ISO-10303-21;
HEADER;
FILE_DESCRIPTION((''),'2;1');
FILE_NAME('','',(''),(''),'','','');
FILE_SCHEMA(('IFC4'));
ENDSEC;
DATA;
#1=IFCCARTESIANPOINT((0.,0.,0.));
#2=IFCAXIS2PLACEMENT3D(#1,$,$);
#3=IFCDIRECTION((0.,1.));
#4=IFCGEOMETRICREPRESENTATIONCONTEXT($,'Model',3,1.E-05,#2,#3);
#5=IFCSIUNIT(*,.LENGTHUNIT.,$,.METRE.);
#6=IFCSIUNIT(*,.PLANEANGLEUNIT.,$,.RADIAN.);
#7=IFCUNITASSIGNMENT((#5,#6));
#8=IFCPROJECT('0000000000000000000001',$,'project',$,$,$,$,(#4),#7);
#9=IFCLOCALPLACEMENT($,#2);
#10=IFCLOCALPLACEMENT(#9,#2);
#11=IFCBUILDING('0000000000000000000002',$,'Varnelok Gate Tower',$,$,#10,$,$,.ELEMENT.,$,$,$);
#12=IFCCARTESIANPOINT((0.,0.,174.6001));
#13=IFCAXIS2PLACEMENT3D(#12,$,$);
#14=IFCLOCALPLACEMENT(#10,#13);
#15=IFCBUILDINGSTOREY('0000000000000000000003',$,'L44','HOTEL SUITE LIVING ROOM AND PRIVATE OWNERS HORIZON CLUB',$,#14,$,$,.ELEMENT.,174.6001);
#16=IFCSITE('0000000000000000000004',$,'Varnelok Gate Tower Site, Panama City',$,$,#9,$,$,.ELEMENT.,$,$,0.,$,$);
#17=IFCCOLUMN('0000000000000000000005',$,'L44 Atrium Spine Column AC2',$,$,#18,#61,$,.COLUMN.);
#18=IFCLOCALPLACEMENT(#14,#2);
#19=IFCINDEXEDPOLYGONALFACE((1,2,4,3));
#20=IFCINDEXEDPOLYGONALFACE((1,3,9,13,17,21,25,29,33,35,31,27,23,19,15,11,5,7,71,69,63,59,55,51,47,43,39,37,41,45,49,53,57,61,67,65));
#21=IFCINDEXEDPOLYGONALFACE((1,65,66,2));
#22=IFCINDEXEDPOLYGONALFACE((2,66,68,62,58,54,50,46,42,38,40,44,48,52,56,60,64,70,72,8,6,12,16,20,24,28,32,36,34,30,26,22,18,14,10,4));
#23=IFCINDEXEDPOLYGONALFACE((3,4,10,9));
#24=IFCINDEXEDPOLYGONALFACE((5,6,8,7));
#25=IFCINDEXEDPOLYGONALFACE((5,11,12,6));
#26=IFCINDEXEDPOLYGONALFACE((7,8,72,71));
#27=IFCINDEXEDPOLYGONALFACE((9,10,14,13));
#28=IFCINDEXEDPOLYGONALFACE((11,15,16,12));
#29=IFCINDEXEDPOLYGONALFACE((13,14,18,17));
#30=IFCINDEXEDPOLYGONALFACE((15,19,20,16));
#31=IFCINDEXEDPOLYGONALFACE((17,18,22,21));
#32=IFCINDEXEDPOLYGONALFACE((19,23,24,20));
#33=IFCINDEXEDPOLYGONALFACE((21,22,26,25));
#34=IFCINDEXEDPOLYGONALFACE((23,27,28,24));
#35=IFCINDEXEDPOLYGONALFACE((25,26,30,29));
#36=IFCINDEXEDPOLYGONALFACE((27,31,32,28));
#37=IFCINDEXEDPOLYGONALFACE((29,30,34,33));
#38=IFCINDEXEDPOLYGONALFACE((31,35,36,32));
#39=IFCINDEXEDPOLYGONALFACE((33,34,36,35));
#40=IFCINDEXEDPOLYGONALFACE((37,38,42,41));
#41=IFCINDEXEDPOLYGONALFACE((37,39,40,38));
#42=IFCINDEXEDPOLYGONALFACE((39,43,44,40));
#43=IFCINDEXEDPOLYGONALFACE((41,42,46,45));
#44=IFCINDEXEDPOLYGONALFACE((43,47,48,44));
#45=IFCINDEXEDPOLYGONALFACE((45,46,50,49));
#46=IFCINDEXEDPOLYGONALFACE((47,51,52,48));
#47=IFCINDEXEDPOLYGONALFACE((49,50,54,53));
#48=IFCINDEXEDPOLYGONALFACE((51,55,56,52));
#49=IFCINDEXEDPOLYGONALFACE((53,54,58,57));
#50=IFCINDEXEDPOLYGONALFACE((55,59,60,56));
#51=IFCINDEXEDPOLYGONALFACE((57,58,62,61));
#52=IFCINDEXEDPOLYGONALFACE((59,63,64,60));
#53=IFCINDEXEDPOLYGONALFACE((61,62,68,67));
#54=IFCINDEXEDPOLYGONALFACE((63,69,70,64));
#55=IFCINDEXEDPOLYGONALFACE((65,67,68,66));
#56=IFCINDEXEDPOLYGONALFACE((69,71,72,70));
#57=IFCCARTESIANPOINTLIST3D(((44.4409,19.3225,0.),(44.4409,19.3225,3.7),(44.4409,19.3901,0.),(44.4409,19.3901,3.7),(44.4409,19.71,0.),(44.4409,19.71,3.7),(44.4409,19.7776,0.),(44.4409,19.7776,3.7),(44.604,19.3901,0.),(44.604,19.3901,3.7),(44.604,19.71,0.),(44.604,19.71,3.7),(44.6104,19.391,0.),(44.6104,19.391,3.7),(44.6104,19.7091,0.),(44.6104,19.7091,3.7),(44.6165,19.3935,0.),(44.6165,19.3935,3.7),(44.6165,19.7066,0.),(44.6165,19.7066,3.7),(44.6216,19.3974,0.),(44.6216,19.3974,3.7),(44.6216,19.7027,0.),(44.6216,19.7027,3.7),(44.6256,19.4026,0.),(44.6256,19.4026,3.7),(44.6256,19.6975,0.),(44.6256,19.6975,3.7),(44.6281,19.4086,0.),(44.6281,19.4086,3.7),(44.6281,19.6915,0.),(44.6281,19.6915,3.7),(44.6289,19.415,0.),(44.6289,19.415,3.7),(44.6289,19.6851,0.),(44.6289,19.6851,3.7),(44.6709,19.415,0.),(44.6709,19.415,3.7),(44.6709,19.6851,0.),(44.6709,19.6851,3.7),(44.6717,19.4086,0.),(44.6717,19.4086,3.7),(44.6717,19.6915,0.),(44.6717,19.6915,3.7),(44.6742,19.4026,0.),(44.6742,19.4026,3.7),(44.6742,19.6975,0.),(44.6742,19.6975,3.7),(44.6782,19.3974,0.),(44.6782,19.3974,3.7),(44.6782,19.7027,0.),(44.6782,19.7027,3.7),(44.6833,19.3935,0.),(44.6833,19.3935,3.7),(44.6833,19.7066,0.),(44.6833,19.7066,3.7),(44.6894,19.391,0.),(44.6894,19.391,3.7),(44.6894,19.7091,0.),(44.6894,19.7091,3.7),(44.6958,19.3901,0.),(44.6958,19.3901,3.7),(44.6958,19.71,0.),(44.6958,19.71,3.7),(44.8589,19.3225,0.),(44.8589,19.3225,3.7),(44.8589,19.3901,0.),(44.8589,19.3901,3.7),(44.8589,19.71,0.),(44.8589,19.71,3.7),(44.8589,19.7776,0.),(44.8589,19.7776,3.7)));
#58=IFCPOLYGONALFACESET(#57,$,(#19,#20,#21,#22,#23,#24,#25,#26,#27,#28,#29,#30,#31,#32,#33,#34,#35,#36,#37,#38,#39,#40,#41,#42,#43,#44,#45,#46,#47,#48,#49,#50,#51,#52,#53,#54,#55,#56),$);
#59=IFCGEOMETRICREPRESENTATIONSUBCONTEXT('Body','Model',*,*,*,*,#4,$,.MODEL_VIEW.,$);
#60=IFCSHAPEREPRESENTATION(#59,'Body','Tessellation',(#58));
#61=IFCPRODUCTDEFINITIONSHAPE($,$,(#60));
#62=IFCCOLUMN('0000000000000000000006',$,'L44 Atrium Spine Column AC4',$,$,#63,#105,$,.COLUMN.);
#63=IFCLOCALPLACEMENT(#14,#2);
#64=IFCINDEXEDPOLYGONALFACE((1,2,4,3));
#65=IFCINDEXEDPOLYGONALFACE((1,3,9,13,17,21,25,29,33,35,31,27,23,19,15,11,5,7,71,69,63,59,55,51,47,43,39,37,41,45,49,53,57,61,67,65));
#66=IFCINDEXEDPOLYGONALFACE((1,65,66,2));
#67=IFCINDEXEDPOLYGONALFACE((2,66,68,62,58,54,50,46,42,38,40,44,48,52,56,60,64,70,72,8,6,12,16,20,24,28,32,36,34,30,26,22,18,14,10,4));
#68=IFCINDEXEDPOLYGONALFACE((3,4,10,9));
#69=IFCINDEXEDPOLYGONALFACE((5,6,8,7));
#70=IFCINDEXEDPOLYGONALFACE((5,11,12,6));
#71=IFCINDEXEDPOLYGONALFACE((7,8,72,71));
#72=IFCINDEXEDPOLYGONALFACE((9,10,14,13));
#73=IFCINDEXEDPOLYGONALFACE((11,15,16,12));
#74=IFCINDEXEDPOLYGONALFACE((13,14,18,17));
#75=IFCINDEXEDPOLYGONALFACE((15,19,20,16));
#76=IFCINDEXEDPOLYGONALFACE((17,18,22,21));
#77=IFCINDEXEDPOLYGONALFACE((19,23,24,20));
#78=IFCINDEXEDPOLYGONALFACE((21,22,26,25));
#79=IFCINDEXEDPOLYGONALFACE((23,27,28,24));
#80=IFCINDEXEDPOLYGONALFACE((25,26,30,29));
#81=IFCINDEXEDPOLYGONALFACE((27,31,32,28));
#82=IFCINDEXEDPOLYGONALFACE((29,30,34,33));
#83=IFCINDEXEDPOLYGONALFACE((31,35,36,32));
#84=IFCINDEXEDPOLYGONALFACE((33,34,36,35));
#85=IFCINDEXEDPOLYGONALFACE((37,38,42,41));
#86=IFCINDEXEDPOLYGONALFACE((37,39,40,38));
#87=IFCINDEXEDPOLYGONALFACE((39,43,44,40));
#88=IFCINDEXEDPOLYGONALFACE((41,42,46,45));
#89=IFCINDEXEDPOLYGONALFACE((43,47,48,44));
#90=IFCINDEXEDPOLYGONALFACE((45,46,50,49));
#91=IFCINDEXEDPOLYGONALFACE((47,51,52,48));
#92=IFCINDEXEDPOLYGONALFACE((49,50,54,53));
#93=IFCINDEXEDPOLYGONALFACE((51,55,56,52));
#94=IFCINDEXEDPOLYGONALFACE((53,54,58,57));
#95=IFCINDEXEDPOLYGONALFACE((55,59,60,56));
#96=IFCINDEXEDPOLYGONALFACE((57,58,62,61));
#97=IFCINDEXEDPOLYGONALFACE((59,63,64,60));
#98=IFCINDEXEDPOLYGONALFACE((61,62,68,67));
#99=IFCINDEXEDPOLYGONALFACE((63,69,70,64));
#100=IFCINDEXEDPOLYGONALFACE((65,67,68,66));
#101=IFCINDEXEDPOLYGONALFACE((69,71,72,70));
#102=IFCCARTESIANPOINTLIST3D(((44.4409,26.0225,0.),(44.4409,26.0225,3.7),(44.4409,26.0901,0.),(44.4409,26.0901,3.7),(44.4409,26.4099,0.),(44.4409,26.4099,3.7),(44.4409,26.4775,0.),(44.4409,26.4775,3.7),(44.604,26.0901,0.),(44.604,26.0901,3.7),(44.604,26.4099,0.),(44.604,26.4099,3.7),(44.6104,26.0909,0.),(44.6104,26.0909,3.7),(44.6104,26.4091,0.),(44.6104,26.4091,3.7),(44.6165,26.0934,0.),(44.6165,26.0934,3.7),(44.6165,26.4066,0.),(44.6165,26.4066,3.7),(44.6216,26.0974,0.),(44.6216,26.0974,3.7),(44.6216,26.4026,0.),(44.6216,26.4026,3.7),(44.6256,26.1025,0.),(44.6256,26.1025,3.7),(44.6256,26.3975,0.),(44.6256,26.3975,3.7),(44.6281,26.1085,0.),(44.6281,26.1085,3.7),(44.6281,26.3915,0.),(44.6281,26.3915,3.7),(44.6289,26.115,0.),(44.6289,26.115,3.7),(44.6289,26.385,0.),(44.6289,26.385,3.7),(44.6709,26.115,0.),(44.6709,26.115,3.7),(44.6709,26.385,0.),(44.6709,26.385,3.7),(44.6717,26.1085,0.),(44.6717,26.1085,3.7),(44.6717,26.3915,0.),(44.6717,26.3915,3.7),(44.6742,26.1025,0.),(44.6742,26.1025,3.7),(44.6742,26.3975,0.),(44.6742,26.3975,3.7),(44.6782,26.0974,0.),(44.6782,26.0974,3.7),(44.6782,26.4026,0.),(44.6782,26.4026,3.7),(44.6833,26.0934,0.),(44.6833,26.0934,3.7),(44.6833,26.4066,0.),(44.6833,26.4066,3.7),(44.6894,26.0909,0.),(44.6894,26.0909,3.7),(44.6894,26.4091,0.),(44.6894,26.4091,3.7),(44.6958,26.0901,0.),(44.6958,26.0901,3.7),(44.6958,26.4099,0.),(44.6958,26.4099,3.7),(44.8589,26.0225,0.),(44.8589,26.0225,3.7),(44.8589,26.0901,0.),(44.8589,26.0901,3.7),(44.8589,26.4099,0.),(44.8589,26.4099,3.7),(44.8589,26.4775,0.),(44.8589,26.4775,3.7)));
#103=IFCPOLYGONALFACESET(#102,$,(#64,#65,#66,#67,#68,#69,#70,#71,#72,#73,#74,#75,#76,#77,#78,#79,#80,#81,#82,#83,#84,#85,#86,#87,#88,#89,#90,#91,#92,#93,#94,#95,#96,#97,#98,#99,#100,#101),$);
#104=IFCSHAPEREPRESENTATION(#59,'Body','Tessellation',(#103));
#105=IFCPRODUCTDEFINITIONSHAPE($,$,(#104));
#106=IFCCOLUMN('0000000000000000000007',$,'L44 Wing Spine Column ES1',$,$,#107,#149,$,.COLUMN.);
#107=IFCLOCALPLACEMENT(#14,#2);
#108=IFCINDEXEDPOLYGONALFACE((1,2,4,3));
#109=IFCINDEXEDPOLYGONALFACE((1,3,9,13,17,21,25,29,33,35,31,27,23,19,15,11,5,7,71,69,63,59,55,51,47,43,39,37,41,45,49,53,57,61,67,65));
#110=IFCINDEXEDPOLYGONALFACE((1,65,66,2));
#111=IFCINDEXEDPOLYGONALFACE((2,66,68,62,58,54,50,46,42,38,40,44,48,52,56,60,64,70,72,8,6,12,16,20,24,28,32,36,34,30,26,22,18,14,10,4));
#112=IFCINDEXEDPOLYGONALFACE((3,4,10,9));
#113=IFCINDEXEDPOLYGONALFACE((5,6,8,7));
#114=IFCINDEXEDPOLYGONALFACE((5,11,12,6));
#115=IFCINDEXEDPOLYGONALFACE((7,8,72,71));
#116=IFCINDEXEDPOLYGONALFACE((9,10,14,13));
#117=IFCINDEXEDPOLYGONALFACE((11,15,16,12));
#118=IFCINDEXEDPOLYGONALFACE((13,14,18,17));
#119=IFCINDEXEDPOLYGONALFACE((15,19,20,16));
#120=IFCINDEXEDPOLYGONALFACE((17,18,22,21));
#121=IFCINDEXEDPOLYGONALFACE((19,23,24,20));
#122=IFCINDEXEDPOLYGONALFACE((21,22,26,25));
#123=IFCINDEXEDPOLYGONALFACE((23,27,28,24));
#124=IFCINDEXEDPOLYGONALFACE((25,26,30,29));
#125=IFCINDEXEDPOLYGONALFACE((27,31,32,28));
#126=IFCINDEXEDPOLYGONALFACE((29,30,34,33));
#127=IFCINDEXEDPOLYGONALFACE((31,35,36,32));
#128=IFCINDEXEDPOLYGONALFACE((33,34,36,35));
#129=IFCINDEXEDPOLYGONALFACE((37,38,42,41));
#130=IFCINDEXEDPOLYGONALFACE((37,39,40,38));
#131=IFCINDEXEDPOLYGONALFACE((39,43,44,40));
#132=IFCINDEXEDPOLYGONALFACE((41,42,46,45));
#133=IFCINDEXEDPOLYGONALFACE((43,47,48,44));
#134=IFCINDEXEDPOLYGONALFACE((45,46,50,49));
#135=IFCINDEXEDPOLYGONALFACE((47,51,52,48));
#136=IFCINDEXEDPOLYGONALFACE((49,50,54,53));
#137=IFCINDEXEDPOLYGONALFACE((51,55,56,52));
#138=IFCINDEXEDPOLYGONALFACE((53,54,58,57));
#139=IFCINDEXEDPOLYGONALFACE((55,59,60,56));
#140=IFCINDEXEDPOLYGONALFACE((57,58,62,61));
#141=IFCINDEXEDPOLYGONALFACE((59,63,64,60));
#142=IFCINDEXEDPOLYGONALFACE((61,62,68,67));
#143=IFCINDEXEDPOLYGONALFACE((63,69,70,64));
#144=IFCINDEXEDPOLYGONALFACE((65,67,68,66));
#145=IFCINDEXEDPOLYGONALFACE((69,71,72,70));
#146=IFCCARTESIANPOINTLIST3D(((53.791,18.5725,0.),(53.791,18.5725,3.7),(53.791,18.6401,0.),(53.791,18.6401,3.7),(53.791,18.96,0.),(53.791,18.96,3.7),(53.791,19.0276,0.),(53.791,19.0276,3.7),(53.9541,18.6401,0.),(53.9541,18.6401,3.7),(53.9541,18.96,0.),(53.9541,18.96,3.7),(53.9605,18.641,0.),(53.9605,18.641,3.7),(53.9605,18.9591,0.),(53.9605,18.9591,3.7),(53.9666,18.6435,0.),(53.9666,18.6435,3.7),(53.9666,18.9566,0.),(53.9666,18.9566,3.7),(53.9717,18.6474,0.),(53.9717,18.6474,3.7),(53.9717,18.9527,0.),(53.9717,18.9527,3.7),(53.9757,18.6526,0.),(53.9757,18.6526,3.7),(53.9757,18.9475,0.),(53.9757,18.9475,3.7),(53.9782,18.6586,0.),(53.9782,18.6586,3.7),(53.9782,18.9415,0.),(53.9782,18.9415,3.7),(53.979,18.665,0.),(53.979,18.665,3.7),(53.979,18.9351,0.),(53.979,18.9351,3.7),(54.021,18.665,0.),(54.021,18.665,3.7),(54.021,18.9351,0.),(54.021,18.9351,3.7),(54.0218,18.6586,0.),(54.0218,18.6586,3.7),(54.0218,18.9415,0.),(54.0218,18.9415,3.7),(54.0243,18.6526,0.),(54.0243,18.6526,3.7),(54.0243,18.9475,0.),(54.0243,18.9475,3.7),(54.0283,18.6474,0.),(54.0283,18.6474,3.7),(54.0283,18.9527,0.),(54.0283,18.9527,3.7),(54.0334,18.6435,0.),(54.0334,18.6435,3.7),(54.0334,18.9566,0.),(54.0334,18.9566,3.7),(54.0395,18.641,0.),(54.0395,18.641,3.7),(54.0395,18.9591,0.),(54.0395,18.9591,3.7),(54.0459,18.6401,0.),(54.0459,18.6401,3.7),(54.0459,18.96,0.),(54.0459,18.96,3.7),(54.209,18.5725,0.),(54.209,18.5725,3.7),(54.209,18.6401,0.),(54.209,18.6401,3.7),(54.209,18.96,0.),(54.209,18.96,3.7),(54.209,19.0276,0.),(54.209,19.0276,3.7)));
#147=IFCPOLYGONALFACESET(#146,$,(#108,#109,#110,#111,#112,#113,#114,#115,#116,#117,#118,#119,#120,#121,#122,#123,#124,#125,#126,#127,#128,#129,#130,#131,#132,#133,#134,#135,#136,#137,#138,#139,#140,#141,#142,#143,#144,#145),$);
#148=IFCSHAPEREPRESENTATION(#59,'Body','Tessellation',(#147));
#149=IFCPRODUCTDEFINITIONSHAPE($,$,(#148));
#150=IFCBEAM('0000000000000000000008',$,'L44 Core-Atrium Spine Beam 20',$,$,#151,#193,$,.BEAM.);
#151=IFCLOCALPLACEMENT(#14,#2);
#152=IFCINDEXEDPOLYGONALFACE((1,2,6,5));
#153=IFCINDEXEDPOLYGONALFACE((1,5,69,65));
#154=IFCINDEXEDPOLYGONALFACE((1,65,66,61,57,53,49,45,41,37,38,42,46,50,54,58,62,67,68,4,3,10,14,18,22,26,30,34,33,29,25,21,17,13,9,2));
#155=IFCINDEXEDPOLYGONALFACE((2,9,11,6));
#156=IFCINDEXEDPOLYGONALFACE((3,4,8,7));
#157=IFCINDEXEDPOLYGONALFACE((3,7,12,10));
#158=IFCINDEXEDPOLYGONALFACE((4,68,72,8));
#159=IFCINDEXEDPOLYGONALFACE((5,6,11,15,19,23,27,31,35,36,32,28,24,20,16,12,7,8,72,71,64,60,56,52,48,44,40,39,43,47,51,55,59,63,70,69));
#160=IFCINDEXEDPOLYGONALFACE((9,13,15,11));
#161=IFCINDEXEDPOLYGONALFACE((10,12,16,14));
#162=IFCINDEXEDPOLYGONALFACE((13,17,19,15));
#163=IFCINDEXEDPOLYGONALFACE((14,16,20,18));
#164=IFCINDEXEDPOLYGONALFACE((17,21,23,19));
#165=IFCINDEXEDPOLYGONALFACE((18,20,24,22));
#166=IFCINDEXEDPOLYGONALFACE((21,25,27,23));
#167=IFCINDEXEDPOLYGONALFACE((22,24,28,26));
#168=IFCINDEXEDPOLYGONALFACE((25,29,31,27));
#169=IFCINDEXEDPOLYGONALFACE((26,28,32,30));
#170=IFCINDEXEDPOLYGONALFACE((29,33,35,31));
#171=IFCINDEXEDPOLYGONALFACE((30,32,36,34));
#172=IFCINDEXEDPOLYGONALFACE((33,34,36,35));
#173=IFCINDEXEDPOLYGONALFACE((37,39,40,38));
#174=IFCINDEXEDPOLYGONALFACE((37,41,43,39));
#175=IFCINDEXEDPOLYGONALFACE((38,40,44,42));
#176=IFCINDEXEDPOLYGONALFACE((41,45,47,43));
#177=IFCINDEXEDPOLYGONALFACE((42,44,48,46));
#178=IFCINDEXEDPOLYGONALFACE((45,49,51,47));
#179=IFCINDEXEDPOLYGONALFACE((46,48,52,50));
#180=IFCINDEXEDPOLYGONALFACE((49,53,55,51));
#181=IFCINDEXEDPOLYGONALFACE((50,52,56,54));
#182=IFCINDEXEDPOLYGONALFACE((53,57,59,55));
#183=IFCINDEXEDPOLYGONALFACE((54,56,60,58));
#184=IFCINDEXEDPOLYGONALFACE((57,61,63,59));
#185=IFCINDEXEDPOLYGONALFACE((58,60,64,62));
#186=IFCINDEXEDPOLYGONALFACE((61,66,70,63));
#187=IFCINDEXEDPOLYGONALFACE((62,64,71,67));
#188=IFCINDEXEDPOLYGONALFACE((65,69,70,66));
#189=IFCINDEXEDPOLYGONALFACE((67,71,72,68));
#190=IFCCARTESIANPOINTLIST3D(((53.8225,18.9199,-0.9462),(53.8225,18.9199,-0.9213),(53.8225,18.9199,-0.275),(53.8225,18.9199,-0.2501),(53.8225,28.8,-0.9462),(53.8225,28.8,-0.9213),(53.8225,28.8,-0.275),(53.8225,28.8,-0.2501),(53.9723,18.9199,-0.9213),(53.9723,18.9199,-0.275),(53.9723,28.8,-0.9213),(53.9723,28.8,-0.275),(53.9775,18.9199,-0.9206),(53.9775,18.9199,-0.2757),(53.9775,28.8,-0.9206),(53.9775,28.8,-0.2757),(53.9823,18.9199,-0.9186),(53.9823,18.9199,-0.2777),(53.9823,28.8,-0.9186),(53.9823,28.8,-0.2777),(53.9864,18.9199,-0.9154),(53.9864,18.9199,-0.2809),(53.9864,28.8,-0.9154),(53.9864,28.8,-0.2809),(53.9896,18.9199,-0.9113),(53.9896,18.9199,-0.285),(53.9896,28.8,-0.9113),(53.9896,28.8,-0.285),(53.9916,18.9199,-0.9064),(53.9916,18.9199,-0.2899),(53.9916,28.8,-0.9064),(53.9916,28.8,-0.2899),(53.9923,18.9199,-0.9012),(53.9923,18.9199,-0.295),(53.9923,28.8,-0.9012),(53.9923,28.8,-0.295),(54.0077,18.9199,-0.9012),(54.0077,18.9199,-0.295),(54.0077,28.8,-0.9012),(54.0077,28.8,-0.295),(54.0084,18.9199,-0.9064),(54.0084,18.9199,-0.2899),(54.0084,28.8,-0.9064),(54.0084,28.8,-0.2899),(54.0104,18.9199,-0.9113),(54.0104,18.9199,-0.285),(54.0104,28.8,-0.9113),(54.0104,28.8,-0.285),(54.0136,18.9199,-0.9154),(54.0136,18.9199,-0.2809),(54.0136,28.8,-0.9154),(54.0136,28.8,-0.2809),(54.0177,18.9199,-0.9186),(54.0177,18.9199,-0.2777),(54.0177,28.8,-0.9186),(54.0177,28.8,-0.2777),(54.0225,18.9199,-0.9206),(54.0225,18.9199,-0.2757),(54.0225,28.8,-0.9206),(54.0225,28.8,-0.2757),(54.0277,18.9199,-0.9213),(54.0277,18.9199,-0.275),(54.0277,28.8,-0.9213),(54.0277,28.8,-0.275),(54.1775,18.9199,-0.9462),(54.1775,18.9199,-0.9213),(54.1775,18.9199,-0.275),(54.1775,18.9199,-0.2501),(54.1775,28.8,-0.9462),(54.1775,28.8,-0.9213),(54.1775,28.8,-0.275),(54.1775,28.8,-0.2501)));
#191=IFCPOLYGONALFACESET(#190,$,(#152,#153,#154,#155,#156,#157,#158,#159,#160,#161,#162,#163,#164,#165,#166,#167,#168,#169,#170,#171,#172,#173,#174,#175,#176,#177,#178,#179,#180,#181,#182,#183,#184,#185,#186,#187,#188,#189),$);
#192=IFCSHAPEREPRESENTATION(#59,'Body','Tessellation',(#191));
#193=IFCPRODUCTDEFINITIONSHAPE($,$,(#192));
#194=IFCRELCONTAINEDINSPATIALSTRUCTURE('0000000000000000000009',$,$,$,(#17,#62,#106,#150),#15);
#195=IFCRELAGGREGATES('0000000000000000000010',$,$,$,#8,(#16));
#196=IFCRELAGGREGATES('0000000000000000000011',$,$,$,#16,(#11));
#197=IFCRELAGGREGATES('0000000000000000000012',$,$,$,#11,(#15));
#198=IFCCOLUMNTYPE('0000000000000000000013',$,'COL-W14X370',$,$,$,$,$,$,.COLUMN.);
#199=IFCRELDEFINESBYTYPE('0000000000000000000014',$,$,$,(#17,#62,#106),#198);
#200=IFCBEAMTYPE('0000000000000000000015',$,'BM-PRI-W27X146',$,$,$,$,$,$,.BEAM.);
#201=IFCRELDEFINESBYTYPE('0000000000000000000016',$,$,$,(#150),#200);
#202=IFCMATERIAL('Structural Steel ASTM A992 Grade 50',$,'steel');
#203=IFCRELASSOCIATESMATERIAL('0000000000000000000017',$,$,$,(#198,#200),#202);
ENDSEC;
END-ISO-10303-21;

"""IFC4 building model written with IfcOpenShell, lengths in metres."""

from ifc_helpers import new_model, si_unit, direction, frame, origin, origin_2d, place, context, subcontext, project, spatial, i_section, extrude, material, material_profile, profile_set, type_object, element, save


model = new_model("IFC4")

# Units and contexts
model_context = context("Model", 3, precision=1e-05, world=origin(), true_north=direction((0.0, 1.0)))
body_context = subcontext(model_context, "Body", "Model", "MODEL_VIEW")
ifc_project = project(units=[si_unit("LENGTHUNIT", "METRE"), si_unit("PLANEANGLEUNIT", "RADIAN")], contexts=[model_context])

# Site, building, storey
site_placement = place(None, origin())
site = spatial("IfcSite", under=ifc_project, at=site_placement, Name="Varnelok Gate Tower Site, Panama City", CompositionType="ELEMENT", RefElevation=0.0)
building_placement = place(site_placement, origin())
building = spatial("IfcBuilding", under=site, at=building_placement, Name="Varnelok Gate Tower", CompositionType="ELEMENT")
storey_placement = place(building_placement, frame((0.0, 0.0, 174.6001)))
storey = spatial("IfcBuildingStorey", under=building, at=storey_placement, Name="L44", Description="HOTEL SUITE LIVING ROOM AND PRIVATE OWNERS HORIZON CLUB", CompositionType="ELEMENT", Elevation=174.6001)

# Columns
ifc_material_1 = material(Name="Structural Steel ASTM A992 Grade 50", Category="steel")
ifc_material_profile_1 = material_profile(ifc_material_1, i_section(OverallWidth=0.418, OverallDepth=0.4551, WebThickness=0.042, FlangeThickness=0.0676, FilletRadius=0.0249, at=origin_2d()), Name="W14X370")
ifc_profile_set_1 = profile_set([ifc_material_profile_1], Name="Structural Steel ASTM A992 Grade 50")
column_type = type_object("IfcColumnType", Name="COL-W14X370", PredefinedType="COLUMN", material=ifc_profile_set_1)
for number, where, z_axis, x_axis, name in (
    (1, (44.6499, 19.55, 0.0), (0.0, 0.0, 1.0), (1.0, 0.0, 0.0), "L44 Atrium Spine Column AC2"),
    (2, (44.6499, 26.25, 0.0), (0.0, 0.0, 1.0), (1.0, 0.0, 0.0), "L44 Atrium Spine Column AC4"),
    (3, (54.0, 18.8, 0.0), (0.0, 0.0, 1.0), (1.0, 0.0, 0.0), "L44 Wing Spine Column ES1"),
):
    element("IfcColumn", number, at=place(storey_placement, frame(where, z_axis=z_axis, x_axis=x_axis)), inside=storey, type_object=column_type, Name=name, PredefinedType="COLUMN", context=body_context, shape_type="SweptSolid", body=[
        extrude(i_section(OverallWidth=0.418, OverallDepth=0.4551, WebThickness=0.042, FlangeThickness=0.0676, FilletRadius=0.0249, at=origin_2d()), origin(), (0.0, 0.0, 1.0), 3.7),
    ])

# Beam
ifc_material_profile_2 = material_profile(ifc_material_1, i_section(OverallWidth=0.355, OverallDepth=0.696, WebThickness=0.0154, FlangeThickness=0.0249, FilletRadius=0.02, at=origin_2d()), Name="W27X146")
ifc_profile_set_2 = profile_set([ifc_material_profile_2], Name="Structural Steel ASTM A992 Grade 50")
beam_type_1 = type_object("IfcBeamType", Name="BM-PRI-W27X146", PredefinedType="BEAM", material=ifc_profile_set_2)
beam_1_placement = place(storey_placement, frame((54.0, 18.9199, -0.5981), z_axis=(0.0, 1.0, 0.0), x_axis=(-1.0, 0.0, 0.0)))
element("IfcBeam", 4, at=beam_1_placement, inside=storey, type_object=beam_type_1, Name="L44 Core-Atrium Spine Beam 20", PredefinedType="BEAM", context=body_context, shape_type="SweptSolid", body=[
    extrude(i_section(OverallWidth=0.355, OverallDepth=0.696, WebThickness=0.0154, FlangeThickness=0.0249, FilletRadius=0.02, at=origin_2d()), origin(), (0.0, 0.0, 1.0), 9.8801),
])

save(model, "model.ifc")
